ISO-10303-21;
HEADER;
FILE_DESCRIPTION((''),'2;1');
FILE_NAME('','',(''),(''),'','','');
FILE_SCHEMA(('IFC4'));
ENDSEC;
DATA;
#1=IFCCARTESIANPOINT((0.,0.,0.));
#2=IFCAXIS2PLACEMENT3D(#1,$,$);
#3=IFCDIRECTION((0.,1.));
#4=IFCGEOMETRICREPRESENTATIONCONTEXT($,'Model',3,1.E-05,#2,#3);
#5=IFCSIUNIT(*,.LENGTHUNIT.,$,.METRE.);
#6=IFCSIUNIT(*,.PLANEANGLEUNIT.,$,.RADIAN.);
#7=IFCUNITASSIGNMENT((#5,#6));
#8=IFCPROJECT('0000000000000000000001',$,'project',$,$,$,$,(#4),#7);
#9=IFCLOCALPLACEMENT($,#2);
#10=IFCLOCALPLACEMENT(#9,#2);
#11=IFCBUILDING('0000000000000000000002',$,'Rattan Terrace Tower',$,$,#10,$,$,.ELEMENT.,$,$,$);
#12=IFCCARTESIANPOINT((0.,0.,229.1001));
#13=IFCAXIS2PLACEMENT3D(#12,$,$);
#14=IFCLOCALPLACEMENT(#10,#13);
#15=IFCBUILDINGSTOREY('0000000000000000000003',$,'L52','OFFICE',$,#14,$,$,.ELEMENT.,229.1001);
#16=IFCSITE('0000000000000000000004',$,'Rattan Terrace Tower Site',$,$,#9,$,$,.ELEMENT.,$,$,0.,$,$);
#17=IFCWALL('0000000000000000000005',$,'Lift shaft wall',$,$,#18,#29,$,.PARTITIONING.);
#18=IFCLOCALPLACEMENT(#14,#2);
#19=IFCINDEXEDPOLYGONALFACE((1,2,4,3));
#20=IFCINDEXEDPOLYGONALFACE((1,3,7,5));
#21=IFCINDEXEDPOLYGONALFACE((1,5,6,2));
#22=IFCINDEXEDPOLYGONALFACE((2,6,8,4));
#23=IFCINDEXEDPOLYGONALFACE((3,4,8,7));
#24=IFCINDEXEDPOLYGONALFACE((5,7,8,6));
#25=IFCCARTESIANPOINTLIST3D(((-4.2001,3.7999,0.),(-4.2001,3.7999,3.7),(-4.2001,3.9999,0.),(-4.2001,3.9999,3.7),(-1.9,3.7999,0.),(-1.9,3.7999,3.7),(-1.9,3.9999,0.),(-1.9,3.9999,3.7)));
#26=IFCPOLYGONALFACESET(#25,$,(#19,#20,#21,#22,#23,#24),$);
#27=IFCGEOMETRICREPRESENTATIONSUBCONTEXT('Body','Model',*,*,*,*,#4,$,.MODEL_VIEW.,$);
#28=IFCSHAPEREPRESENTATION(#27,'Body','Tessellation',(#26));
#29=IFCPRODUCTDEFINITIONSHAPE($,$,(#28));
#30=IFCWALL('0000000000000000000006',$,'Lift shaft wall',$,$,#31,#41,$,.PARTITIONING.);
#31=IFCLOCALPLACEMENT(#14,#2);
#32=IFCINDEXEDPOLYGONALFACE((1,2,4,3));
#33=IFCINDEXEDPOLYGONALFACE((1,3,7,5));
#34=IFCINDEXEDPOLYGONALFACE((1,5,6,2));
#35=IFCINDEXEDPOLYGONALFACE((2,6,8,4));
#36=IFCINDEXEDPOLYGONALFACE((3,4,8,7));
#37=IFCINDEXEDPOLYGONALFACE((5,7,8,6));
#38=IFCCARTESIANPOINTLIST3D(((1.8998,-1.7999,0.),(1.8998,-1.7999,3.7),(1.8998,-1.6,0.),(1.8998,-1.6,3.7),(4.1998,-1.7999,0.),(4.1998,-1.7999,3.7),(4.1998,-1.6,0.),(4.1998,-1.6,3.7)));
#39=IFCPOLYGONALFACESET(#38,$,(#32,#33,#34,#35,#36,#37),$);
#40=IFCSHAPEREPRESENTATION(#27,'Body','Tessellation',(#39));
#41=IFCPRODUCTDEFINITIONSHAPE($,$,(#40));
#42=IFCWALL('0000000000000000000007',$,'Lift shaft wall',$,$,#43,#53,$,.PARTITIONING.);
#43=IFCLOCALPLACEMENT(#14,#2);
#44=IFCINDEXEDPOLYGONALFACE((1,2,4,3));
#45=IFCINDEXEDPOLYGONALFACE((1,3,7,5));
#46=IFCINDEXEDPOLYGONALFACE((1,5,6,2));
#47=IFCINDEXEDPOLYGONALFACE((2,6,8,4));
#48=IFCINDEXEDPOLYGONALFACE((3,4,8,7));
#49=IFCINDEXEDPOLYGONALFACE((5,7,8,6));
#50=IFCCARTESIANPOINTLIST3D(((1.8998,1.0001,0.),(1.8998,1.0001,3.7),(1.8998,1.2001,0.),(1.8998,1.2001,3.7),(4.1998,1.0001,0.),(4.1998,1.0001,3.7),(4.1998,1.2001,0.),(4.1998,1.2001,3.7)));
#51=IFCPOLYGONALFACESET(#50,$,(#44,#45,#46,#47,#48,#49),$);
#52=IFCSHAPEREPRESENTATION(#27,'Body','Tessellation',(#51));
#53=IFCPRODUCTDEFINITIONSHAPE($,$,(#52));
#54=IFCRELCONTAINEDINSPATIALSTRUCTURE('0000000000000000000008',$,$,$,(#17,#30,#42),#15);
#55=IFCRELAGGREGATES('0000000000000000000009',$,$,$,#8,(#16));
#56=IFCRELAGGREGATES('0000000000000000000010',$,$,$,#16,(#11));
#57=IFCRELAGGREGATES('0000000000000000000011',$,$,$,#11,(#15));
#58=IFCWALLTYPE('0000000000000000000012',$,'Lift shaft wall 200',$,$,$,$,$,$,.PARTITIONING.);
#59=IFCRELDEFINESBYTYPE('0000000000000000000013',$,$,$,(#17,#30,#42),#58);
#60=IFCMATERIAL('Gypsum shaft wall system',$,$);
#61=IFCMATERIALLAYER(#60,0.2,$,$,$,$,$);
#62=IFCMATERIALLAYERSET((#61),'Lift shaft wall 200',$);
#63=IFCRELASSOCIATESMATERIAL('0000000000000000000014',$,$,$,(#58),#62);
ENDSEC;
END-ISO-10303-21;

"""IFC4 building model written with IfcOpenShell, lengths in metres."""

from ifc_helpers import new_model, si_unit, direction, frame, frame_2d, origin, place, context, subcontext, project, spatial, rectangle, extrude, material, layer, layer_set, type_object, element, save


model = new_model("IFC4")

# Units and contexts
model_context = context("Model", 3, precision=1e-05, world=origin(), true_north=direction((0.0, 1.0)))
body_context = subcontext(model_context, "Body", "Model", "MODEL_VIEW")
ifc_project = project(units=[si_unit("LENGTHUNIT", "METRE"), si_unit("PLANEANGLEUNIT", "RADIAN")], contexts=[model_context])

# Site, building, storey
site_placement = place(None, origin())
site = spatial("IfcSite", under=ifc_project, at=site_placement, Name="Rattan Terrace Tower Site", CompositionType="ELEMENT", RefElevation=0.0)
building_placement = place(site_placement, origin())
building = spatial("IfcBuilding", under=site, at=building_placement, Name="Rattan Terrace Tower", CompositionType="ELEMENT")
storey_placement = place(building_placement, frame((0.0, 0.0, 229.1001)))
storey = spatial("IfcBuildingStorey", under=building, at=storey_placement, Name="L52", Description="OFFICE", CompositionType="ELEMENT", Elevation=229.1001)

# Walls
ifc_material_1 = material(Name="Gypsum shaft wall system")
ifc_layer_1 = layer(ifc_material_1, 0.2)
ifc_layer_set_1 = layer_set([ifc_layer_1], Name="Lift shaft wall 200")
wall_type_1 = type_object("IfcWallType", Name="Lift shaft wall 200", PredefinedType="PARTITIONING", material=ifc_layer_set_1)
for number, where, z_axis, x_axis, name in (
    (1, (-4.2, 3.8999, 0.0), (0.0, 0.0, 1.0), (1.0, 0.0, 0.0), "Lift shaft wall"),
    (2, (1.8999, -1.7, 0.0), (0.0, 0.0, 1.0), (1.0, 0.0, 0.0), "Lift shaft wall"),
    (3, (1.8999, 1.1001, 0.0), (0.0, 0.0, 1.0), (1.0, 0.0, 0.0), "Lift shaft wall"),
):
    element("IfcWall", number, at=place(storey_placement, frame(where, z_axis=z_axis, x_axis=x_axis)), inside=storey, type_object=wall_type_1, Name=name, PredefinedType="PARTITIONING", context=body_context, shape_type="SweptSolid", body=[
        extrude(rectangle(XDim=2.3, YDim=0.2, at=frame_2d((1.1499, 0.0))), origin(), (0.0, 0.0, 1.0), 3.7),
    ])

save(model, "model.ifc")
